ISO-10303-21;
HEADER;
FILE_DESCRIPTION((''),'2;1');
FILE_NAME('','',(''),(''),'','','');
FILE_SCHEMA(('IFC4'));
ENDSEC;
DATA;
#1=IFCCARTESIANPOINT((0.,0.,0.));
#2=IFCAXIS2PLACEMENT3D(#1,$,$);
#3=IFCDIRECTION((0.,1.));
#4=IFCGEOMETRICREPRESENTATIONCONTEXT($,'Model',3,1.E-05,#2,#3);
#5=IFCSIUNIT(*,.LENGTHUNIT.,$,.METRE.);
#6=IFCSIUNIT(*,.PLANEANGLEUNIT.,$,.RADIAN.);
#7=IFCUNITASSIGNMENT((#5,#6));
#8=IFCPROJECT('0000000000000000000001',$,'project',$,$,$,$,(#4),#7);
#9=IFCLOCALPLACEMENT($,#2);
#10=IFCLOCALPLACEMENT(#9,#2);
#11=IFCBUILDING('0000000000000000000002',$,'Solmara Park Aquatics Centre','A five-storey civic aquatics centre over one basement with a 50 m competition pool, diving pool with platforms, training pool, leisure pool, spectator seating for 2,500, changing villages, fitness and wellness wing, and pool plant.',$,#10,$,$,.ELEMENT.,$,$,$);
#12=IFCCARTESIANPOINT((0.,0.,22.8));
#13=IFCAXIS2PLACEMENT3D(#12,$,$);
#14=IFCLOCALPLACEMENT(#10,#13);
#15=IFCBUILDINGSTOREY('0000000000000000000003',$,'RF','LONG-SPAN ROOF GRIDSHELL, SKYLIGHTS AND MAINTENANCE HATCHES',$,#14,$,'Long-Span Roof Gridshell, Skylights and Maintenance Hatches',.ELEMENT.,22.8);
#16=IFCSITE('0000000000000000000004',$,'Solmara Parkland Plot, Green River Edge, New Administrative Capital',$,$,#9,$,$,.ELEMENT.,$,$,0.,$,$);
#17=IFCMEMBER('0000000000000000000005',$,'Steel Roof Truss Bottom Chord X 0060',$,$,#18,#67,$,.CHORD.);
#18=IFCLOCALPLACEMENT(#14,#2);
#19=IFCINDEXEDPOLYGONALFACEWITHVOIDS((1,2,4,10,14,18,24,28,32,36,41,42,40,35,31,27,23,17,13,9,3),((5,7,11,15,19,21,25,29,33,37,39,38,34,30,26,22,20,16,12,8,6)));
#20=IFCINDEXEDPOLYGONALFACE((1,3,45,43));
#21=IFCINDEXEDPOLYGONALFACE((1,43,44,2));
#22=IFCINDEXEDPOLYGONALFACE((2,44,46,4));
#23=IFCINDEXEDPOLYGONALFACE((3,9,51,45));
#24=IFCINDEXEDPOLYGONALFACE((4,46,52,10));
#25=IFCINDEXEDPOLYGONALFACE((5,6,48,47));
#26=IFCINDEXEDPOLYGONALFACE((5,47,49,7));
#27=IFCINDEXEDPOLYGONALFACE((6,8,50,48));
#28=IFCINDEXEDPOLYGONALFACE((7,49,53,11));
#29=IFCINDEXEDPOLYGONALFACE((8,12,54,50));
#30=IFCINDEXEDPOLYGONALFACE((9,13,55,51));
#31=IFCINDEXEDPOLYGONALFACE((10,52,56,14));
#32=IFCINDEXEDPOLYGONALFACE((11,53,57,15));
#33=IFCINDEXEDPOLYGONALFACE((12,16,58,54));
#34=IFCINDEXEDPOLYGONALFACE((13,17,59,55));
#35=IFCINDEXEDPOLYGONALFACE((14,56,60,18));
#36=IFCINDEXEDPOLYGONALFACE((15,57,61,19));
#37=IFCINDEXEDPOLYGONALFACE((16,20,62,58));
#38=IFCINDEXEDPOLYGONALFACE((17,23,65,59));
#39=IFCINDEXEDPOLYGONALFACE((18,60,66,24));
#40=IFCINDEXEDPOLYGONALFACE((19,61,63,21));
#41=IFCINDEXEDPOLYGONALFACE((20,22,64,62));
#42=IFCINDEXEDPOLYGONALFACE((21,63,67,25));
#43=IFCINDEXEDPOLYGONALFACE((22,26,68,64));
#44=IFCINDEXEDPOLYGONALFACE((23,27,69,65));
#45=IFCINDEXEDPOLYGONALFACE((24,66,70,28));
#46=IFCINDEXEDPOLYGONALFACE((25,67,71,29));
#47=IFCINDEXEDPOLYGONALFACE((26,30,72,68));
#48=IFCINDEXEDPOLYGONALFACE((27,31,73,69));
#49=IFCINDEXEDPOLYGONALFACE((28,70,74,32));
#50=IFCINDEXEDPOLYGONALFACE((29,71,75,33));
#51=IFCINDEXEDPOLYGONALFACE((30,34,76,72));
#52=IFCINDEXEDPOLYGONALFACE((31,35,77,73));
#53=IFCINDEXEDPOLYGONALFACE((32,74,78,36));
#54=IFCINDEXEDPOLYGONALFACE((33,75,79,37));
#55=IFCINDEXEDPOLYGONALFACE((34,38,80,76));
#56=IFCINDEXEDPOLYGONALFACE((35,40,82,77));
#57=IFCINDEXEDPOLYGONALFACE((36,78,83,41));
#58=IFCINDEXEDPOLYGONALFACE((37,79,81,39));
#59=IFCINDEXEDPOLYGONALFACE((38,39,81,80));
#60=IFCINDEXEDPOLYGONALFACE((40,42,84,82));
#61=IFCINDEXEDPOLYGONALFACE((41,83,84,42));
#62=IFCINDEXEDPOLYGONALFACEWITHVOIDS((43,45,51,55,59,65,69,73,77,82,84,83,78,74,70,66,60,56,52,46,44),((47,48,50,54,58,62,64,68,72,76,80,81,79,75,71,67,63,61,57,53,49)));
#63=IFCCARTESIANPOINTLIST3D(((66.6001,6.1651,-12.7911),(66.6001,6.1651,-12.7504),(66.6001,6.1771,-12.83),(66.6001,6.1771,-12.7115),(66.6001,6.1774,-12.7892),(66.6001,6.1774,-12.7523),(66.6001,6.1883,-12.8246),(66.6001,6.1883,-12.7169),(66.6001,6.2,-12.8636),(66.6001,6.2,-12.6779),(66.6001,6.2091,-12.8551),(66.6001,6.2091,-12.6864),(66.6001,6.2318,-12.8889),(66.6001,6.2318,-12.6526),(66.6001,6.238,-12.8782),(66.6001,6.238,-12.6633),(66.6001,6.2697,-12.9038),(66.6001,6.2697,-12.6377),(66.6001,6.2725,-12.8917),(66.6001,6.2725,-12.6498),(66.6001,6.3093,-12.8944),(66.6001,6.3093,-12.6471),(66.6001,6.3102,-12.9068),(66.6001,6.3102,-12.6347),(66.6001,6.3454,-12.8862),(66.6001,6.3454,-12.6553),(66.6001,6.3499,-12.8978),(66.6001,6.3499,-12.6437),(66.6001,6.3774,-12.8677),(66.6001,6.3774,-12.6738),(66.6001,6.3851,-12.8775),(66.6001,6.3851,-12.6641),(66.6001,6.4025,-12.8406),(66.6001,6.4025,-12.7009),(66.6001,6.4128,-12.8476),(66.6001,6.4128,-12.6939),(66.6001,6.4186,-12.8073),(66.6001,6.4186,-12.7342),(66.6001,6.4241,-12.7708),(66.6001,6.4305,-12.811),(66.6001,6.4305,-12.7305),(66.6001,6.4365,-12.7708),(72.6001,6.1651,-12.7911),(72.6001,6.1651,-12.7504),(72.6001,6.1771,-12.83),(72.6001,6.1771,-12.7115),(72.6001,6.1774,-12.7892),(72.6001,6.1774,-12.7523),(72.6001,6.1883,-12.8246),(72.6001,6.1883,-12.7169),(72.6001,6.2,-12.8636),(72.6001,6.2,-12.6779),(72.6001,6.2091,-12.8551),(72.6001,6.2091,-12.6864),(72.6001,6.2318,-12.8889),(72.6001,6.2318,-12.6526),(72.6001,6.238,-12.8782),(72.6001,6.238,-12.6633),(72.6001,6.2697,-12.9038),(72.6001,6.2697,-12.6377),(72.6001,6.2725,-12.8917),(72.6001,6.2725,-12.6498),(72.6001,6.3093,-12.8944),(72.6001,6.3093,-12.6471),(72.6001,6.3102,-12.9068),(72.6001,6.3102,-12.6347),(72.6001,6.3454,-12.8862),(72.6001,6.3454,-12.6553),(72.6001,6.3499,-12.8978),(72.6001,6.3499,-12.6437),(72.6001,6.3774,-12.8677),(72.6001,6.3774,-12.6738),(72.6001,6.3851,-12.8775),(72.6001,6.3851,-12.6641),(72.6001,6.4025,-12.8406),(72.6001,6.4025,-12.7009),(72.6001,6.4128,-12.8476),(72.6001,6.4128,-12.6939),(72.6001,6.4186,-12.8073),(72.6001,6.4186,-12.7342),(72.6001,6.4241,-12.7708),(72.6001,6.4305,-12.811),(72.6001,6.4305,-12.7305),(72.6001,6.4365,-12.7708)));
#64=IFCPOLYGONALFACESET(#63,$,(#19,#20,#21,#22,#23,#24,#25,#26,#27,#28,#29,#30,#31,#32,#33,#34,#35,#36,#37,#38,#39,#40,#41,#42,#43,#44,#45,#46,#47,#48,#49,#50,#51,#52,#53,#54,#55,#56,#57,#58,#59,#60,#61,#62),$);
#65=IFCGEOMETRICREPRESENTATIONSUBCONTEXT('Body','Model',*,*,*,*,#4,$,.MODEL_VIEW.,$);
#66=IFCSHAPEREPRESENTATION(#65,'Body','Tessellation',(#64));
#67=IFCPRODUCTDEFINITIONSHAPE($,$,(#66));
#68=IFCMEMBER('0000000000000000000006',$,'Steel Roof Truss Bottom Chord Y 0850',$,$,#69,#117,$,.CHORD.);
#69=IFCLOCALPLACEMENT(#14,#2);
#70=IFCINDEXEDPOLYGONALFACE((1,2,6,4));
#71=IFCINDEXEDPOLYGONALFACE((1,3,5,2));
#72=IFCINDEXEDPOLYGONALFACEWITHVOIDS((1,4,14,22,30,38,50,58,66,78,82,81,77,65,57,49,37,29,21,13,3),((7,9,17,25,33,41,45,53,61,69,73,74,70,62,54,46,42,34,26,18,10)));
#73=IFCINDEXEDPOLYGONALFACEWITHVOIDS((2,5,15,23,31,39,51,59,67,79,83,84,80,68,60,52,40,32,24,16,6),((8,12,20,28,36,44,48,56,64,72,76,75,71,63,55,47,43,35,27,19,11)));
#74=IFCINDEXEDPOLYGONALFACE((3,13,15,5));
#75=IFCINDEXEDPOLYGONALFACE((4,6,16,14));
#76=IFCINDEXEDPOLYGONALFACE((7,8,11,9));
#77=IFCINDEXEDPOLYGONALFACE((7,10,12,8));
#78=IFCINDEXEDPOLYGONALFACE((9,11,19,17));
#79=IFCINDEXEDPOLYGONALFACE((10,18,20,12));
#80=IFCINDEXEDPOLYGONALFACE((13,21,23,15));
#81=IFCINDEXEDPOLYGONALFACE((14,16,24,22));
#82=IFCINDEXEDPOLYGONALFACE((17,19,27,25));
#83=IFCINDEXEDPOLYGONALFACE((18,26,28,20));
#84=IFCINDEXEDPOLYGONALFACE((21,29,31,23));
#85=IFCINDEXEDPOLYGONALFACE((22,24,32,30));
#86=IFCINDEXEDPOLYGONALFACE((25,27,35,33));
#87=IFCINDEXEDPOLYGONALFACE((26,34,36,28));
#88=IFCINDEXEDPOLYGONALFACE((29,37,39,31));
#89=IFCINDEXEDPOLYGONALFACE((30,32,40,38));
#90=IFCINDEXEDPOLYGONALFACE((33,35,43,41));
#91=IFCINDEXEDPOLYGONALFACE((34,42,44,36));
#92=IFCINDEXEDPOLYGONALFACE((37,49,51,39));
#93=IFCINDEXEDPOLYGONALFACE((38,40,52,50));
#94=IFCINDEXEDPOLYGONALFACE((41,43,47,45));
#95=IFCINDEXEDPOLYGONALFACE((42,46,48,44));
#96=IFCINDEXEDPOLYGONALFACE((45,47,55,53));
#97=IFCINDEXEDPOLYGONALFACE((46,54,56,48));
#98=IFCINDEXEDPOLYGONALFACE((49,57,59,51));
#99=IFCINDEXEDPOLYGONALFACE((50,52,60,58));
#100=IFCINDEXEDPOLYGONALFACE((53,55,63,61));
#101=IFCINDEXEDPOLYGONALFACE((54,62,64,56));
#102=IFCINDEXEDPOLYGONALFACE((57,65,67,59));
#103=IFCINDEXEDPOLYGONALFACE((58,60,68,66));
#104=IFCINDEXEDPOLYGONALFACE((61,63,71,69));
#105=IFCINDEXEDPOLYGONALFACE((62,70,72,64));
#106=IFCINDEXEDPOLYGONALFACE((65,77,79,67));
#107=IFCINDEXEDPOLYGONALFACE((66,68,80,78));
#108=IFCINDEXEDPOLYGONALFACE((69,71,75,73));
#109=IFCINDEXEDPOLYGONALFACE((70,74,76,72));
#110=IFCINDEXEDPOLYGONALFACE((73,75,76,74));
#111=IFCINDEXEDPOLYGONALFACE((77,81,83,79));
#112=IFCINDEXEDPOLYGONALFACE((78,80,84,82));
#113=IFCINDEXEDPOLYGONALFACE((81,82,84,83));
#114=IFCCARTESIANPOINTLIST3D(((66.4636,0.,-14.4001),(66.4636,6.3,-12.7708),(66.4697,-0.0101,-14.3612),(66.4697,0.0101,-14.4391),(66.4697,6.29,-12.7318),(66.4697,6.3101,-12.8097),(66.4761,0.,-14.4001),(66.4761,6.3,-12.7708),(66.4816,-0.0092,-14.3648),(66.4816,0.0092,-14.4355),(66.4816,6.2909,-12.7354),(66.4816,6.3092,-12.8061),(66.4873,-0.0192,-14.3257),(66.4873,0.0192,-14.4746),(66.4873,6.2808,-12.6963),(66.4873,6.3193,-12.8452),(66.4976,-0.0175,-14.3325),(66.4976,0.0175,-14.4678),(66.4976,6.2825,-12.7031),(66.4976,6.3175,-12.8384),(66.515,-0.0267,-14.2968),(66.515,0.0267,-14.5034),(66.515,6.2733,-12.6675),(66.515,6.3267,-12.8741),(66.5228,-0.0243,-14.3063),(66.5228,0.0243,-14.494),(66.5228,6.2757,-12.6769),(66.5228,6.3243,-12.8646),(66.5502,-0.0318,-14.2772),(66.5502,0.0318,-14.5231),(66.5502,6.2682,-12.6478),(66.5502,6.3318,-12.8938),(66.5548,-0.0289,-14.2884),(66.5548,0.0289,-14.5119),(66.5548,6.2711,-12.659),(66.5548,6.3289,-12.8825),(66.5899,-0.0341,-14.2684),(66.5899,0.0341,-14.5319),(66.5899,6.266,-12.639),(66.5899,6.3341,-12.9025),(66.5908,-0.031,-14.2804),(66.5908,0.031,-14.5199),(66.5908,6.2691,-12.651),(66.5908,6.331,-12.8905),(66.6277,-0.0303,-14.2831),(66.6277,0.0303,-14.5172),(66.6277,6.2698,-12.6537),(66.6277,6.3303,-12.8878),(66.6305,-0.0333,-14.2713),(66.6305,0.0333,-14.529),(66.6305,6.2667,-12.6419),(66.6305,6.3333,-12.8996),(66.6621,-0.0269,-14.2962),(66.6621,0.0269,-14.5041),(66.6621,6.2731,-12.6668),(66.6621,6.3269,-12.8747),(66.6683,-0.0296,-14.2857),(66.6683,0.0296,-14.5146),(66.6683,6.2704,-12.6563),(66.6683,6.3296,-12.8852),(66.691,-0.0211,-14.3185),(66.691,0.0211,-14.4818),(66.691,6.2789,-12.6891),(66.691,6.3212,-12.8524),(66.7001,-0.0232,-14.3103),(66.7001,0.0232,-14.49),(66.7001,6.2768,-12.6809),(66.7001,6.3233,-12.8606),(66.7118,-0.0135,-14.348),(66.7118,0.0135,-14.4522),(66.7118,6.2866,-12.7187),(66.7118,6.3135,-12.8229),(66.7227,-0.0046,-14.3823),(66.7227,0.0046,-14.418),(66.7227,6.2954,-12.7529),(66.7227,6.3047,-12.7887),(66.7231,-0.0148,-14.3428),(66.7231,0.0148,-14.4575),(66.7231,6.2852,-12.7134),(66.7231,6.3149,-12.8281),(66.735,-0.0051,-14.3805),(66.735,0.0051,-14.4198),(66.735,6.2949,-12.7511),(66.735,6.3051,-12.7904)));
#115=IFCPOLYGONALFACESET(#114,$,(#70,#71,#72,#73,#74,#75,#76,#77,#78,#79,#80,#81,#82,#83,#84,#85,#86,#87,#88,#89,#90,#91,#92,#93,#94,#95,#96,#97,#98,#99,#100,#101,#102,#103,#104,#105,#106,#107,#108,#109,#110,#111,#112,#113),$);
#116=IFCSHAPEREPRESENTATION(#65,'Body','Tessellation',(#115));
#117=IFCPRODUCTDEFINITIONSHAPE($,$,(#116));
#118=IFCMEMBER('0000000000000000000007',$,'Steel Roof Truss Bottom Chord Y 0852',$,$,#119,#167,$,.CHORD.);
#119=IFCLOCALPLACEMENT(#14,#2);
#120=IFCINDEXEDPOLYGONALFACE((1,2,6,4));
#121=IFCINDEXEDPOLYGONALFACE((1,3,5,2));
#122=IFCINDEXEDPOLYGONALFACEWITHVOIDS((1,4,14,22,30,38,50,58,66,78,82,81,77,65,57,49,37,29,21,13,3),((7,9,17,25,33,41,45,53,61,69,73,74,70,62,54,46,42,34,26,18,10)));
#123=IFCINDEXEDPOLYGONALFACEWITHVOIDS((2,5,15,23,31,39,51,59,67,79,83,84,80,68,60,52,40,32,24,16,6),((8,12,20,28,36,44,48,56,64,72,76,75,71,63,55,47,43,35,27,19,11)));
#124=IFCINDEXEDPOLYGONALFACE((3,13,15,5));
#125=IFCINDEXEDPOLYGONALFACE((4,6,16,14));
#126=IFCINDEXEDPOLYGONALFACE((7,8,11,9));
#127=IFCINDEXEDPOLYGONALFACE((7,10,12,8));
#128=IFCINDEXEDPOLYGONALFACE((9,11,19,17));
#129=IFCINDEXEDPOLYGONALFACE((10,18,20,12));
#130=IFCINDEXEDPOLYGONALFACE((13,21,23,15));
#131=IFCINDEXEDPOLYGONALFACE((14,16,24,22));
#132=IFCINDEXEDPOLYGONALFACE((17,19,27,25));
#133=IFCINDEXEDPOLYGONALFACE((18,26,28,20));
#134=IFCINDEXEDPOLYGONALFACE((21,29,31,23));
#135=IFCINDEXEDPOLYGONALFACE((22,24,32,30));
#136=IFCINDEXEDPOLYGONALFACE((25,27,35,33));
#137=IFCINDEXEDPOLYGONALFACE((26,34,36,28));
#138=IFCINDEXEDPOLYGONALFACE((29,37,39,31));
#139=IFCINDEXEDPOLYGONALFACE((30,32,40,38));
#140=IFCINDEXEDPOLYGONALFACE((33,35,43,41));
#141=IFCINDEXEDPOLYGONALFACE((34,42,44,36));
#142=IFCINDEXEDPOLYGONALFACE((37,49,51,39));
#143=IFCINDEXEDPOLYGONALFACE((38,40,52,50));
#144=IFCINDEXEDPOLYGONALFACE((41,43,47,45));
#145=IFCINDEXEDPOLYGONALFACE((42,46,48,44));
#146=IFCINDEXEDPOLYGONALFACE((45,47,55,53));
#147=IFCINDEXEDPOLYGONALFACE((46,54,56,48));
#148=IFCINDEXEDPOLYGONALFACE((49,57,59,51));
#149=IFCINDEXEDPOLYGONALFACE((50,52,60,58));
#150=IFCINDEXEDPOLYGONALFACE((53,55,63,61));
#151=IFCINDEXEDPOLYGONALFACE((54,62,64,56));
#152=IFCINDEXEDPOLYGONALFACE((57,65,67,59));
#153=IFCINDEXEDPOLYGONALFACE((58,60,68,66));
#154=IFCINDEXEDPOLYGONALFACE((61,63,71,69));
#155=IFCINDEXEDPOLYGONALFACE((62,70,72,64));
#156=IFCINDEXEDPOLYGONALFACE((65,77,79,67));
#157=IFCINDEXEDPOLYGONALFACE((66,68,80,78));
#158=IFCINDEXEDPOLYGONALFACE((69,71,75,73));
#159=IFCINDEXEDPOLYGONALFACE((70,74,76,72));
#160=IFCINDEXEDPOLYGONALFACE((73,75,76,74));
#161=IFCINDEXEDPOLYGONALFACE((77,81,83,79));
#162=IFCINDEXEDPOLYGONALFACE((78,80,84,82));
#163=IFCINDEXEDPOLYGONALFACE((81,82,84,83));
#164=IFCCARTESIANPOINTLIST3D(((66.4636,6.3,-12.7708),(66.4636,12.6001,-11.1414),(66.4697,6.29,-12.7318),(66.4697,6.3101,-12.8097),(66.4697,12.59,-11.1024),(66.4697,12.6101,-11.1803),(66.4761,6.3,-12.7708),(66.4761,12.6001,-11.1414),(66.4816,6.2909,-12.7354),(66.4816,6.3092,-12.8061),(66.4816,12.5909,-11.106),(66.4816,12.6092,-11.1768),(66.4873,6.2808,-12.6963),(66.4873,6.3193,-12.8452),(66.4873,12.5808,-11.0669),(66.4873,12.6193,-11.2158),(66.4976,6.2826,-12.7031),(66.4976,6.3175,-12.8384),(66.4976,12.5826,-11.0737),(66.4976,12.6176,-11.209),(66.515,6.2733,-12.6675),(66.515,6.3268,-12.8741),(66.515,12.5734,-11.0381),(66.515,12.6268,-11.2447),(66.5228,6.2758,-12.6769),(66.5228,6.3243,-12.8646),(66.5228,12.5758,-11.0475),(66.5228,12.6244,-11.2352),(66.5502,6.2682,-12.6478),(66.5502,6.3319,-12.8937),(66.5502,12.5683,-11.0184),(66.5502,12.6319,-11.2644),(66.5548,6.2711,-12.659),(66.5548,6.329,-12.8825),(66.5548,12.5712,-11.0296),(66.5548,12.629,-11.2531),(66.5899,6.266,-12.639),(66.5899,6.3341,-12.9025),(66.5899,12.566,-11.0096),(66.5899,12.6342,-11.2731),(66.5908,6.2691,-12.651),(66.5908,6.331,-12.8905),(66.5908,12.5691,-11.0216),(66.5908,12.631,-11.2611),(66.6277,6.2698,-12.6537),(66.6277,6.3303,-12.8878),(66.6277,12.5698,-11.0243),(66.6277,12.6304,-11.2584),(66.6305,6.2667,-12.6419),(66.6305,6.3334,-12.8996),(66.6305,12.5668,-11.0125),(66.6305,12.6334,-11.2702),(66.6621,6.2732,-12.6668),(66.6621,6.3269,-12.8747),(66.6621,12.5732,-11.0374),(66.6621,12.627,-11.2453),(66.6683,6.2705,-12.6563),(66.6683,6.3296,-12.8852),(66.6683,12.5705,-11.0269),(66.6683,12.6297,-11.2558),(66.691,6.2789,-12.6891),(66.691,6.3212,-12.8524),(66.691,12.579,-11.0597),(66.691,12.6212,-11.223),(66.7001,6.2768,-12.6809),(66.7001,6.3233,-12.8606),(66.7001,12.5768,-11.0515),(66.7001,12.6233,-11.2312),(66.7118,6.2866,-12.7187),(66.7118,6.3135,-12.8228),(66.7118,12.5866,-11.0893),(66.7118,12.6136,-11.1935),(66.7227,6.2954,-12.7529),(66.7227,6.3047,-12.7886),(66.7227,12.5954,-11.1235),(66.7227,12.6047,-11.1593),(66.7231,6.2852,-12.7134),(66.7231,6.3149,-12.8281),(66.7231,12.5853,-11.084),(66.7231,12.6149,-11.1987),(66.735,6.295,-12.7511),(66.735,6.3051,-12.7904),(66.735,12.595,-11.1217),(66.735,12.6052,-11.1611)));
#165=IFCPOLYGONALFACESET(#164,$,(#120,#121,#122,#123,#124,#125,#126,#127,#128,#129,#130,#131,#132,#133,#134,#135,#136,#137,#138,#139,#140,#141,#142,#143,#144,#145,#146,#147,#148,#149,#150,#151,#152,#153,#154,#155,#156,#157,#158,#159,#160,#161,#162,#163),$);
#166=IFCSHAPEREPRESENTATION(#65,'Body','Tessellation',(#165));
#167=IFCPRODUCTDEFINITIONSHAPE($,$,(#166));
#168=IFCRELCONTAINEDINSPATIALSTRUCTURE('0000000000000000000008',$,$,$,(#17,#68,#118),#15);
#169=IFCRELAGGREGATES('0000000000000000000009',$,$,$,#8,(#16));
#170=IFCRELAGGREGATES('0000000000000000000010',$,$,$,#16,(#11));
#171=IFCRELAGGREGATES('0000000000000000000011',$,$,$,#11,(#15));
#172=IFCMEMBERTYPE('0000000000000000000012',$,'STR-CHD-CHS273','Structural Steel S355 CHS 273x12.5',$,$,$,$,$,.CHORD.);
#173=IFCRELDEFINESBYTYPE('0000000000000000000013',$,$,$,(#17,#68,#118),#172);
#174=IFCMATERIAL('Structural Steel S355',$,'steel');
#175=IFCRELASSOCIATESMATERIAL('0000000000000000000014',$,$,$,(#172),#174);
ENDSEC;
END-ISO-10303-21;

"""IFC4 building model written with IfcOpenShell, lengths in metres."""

from ifc_helpers import new_model, si_unit, direction, frame, origin, origin_2d, place, context, subcontext, project, spatial, hollow_circle, extrude, material, material_profile, profile_set, type_object, element, save


model = new_model("IFC4")

# Units and contexts
model_context = context("Model", 3, precision=1e-05, world=origin(), true_north=direction((0.0, 1.0)))
body_context = subcontext(model_context, "Body", "Model", "MODEL_VIEW")
ifc_project = project(units=[si_unit("LENGTHUNIT", "METRE"), si_unit("PLANEANGLEUNIT", "RADIAN")], contexts=[model_context])

# Site, building, storey
site_placement = place(None, origin())
site = spatial("IfcSite", under=ifc_project, at=site_placement, Name="Solmara Parkland Plot, Green River Edge, New Administrative Capital", CompositionType="ELEMENT", RefElevation=0.0)
building_placement = place(site_placement, origin())
building = spatial("IfcBuilding", under=site, at=building_placement, Name="Solmara Park Aquatics Centre", Description="A five-storey civic aquatics centre over one basement with a 50 m competition pool, diving pool with platforms, training pool, leisure pool, spectator seating for 2,500, changing villages, fitness and wellness wing, and pool plant.", CompositionType="ELEMENT")
storey_placement = place(building_placement, frame((0.0, 0.0, 22.8)))
storey = spatial("IfcBuildingStorey", under=building, at=storey_placement, Name="RF", Description="LONG-SPAN ROOF GRIDSHELL, SKYLIGHTS AND MAINTENANCE HATCHES", LongName="Long-Span Roof Gridshell, Skylights and Maintenance Hatches", CompositionType="ELEMENT", Elevation=22.8)

# Members
ifc_material_1 = material(Name="Structural Steel S355", Category="steel")
ifc_material_profile_1 = material_profile(ifc_material_1, hollow_circle(Radius=0.1365, WallThickness=0.0125, at=origin_2d()), Name="CHS 273x12.5")
ifc_profile_set_1 = profile_set([ifc_material_profile_1], Name="Structural Steel S355")
member_type_1 = type_object("IfcMemberType", Name="STR-CHD-CHS273", Description="Structural Steel S355 CHS 273x12.5", PredefinedType="CHORD", material=ifc_profile_set_1)
member_1_placement = place(storey_placement, frame((66.6001, 6.3, -12.7708), z_axis=(1.0, 0.0, 0.0), x_axis=(0.0, 1.0, 0.0)))
element("IfcMember", 1, at=member_1_placement, inside=storey, type_object=member_type_1, Name="Steel Roof Truss Bottom Chord X 0060", PredefinedType="CHORD", context=body_context, shape_type="SweptSolid", body=[
    extrude(hollow_circle(Radius=0.1365, WallThickness=0.0125, at=origin_2d()), origin(), (0.0, 0.0, 1.0), 6.0),
])
for number, where, z_axis, x_axis, name in (
    (2, (66.6001, 0.0, -14.4001), (0.0, 0.968144, 0.250393), (-1.0, 0.0, 0.0), "Steel Roof Truss Bottom Chord Y 0850"),
    (3, (66.6001, 6.3, -12.7708), (0.0, 0.968144, 0.250393), (-1.0, 0.0, 0.0), "Steel Roof Truss Bottom Chord Y 0852"),
):
    element("IfcMember", number, at=place(storey_placement, frame(where, z_axis=z_axis, x_axis=x_axis)), inside=storey, type_object=member_type_1, Name=name, PredefinedType="CHORD", context=body_context, shape_type="SweptSolid", body=[
        extrude(hollow_circle(Radius=0.1365, WallThickness=0.0125, at=origin_2d()), origin(), (0.0, 0.0, 1.0), 6.5073),
    ])

save(model, "model.ifc")
